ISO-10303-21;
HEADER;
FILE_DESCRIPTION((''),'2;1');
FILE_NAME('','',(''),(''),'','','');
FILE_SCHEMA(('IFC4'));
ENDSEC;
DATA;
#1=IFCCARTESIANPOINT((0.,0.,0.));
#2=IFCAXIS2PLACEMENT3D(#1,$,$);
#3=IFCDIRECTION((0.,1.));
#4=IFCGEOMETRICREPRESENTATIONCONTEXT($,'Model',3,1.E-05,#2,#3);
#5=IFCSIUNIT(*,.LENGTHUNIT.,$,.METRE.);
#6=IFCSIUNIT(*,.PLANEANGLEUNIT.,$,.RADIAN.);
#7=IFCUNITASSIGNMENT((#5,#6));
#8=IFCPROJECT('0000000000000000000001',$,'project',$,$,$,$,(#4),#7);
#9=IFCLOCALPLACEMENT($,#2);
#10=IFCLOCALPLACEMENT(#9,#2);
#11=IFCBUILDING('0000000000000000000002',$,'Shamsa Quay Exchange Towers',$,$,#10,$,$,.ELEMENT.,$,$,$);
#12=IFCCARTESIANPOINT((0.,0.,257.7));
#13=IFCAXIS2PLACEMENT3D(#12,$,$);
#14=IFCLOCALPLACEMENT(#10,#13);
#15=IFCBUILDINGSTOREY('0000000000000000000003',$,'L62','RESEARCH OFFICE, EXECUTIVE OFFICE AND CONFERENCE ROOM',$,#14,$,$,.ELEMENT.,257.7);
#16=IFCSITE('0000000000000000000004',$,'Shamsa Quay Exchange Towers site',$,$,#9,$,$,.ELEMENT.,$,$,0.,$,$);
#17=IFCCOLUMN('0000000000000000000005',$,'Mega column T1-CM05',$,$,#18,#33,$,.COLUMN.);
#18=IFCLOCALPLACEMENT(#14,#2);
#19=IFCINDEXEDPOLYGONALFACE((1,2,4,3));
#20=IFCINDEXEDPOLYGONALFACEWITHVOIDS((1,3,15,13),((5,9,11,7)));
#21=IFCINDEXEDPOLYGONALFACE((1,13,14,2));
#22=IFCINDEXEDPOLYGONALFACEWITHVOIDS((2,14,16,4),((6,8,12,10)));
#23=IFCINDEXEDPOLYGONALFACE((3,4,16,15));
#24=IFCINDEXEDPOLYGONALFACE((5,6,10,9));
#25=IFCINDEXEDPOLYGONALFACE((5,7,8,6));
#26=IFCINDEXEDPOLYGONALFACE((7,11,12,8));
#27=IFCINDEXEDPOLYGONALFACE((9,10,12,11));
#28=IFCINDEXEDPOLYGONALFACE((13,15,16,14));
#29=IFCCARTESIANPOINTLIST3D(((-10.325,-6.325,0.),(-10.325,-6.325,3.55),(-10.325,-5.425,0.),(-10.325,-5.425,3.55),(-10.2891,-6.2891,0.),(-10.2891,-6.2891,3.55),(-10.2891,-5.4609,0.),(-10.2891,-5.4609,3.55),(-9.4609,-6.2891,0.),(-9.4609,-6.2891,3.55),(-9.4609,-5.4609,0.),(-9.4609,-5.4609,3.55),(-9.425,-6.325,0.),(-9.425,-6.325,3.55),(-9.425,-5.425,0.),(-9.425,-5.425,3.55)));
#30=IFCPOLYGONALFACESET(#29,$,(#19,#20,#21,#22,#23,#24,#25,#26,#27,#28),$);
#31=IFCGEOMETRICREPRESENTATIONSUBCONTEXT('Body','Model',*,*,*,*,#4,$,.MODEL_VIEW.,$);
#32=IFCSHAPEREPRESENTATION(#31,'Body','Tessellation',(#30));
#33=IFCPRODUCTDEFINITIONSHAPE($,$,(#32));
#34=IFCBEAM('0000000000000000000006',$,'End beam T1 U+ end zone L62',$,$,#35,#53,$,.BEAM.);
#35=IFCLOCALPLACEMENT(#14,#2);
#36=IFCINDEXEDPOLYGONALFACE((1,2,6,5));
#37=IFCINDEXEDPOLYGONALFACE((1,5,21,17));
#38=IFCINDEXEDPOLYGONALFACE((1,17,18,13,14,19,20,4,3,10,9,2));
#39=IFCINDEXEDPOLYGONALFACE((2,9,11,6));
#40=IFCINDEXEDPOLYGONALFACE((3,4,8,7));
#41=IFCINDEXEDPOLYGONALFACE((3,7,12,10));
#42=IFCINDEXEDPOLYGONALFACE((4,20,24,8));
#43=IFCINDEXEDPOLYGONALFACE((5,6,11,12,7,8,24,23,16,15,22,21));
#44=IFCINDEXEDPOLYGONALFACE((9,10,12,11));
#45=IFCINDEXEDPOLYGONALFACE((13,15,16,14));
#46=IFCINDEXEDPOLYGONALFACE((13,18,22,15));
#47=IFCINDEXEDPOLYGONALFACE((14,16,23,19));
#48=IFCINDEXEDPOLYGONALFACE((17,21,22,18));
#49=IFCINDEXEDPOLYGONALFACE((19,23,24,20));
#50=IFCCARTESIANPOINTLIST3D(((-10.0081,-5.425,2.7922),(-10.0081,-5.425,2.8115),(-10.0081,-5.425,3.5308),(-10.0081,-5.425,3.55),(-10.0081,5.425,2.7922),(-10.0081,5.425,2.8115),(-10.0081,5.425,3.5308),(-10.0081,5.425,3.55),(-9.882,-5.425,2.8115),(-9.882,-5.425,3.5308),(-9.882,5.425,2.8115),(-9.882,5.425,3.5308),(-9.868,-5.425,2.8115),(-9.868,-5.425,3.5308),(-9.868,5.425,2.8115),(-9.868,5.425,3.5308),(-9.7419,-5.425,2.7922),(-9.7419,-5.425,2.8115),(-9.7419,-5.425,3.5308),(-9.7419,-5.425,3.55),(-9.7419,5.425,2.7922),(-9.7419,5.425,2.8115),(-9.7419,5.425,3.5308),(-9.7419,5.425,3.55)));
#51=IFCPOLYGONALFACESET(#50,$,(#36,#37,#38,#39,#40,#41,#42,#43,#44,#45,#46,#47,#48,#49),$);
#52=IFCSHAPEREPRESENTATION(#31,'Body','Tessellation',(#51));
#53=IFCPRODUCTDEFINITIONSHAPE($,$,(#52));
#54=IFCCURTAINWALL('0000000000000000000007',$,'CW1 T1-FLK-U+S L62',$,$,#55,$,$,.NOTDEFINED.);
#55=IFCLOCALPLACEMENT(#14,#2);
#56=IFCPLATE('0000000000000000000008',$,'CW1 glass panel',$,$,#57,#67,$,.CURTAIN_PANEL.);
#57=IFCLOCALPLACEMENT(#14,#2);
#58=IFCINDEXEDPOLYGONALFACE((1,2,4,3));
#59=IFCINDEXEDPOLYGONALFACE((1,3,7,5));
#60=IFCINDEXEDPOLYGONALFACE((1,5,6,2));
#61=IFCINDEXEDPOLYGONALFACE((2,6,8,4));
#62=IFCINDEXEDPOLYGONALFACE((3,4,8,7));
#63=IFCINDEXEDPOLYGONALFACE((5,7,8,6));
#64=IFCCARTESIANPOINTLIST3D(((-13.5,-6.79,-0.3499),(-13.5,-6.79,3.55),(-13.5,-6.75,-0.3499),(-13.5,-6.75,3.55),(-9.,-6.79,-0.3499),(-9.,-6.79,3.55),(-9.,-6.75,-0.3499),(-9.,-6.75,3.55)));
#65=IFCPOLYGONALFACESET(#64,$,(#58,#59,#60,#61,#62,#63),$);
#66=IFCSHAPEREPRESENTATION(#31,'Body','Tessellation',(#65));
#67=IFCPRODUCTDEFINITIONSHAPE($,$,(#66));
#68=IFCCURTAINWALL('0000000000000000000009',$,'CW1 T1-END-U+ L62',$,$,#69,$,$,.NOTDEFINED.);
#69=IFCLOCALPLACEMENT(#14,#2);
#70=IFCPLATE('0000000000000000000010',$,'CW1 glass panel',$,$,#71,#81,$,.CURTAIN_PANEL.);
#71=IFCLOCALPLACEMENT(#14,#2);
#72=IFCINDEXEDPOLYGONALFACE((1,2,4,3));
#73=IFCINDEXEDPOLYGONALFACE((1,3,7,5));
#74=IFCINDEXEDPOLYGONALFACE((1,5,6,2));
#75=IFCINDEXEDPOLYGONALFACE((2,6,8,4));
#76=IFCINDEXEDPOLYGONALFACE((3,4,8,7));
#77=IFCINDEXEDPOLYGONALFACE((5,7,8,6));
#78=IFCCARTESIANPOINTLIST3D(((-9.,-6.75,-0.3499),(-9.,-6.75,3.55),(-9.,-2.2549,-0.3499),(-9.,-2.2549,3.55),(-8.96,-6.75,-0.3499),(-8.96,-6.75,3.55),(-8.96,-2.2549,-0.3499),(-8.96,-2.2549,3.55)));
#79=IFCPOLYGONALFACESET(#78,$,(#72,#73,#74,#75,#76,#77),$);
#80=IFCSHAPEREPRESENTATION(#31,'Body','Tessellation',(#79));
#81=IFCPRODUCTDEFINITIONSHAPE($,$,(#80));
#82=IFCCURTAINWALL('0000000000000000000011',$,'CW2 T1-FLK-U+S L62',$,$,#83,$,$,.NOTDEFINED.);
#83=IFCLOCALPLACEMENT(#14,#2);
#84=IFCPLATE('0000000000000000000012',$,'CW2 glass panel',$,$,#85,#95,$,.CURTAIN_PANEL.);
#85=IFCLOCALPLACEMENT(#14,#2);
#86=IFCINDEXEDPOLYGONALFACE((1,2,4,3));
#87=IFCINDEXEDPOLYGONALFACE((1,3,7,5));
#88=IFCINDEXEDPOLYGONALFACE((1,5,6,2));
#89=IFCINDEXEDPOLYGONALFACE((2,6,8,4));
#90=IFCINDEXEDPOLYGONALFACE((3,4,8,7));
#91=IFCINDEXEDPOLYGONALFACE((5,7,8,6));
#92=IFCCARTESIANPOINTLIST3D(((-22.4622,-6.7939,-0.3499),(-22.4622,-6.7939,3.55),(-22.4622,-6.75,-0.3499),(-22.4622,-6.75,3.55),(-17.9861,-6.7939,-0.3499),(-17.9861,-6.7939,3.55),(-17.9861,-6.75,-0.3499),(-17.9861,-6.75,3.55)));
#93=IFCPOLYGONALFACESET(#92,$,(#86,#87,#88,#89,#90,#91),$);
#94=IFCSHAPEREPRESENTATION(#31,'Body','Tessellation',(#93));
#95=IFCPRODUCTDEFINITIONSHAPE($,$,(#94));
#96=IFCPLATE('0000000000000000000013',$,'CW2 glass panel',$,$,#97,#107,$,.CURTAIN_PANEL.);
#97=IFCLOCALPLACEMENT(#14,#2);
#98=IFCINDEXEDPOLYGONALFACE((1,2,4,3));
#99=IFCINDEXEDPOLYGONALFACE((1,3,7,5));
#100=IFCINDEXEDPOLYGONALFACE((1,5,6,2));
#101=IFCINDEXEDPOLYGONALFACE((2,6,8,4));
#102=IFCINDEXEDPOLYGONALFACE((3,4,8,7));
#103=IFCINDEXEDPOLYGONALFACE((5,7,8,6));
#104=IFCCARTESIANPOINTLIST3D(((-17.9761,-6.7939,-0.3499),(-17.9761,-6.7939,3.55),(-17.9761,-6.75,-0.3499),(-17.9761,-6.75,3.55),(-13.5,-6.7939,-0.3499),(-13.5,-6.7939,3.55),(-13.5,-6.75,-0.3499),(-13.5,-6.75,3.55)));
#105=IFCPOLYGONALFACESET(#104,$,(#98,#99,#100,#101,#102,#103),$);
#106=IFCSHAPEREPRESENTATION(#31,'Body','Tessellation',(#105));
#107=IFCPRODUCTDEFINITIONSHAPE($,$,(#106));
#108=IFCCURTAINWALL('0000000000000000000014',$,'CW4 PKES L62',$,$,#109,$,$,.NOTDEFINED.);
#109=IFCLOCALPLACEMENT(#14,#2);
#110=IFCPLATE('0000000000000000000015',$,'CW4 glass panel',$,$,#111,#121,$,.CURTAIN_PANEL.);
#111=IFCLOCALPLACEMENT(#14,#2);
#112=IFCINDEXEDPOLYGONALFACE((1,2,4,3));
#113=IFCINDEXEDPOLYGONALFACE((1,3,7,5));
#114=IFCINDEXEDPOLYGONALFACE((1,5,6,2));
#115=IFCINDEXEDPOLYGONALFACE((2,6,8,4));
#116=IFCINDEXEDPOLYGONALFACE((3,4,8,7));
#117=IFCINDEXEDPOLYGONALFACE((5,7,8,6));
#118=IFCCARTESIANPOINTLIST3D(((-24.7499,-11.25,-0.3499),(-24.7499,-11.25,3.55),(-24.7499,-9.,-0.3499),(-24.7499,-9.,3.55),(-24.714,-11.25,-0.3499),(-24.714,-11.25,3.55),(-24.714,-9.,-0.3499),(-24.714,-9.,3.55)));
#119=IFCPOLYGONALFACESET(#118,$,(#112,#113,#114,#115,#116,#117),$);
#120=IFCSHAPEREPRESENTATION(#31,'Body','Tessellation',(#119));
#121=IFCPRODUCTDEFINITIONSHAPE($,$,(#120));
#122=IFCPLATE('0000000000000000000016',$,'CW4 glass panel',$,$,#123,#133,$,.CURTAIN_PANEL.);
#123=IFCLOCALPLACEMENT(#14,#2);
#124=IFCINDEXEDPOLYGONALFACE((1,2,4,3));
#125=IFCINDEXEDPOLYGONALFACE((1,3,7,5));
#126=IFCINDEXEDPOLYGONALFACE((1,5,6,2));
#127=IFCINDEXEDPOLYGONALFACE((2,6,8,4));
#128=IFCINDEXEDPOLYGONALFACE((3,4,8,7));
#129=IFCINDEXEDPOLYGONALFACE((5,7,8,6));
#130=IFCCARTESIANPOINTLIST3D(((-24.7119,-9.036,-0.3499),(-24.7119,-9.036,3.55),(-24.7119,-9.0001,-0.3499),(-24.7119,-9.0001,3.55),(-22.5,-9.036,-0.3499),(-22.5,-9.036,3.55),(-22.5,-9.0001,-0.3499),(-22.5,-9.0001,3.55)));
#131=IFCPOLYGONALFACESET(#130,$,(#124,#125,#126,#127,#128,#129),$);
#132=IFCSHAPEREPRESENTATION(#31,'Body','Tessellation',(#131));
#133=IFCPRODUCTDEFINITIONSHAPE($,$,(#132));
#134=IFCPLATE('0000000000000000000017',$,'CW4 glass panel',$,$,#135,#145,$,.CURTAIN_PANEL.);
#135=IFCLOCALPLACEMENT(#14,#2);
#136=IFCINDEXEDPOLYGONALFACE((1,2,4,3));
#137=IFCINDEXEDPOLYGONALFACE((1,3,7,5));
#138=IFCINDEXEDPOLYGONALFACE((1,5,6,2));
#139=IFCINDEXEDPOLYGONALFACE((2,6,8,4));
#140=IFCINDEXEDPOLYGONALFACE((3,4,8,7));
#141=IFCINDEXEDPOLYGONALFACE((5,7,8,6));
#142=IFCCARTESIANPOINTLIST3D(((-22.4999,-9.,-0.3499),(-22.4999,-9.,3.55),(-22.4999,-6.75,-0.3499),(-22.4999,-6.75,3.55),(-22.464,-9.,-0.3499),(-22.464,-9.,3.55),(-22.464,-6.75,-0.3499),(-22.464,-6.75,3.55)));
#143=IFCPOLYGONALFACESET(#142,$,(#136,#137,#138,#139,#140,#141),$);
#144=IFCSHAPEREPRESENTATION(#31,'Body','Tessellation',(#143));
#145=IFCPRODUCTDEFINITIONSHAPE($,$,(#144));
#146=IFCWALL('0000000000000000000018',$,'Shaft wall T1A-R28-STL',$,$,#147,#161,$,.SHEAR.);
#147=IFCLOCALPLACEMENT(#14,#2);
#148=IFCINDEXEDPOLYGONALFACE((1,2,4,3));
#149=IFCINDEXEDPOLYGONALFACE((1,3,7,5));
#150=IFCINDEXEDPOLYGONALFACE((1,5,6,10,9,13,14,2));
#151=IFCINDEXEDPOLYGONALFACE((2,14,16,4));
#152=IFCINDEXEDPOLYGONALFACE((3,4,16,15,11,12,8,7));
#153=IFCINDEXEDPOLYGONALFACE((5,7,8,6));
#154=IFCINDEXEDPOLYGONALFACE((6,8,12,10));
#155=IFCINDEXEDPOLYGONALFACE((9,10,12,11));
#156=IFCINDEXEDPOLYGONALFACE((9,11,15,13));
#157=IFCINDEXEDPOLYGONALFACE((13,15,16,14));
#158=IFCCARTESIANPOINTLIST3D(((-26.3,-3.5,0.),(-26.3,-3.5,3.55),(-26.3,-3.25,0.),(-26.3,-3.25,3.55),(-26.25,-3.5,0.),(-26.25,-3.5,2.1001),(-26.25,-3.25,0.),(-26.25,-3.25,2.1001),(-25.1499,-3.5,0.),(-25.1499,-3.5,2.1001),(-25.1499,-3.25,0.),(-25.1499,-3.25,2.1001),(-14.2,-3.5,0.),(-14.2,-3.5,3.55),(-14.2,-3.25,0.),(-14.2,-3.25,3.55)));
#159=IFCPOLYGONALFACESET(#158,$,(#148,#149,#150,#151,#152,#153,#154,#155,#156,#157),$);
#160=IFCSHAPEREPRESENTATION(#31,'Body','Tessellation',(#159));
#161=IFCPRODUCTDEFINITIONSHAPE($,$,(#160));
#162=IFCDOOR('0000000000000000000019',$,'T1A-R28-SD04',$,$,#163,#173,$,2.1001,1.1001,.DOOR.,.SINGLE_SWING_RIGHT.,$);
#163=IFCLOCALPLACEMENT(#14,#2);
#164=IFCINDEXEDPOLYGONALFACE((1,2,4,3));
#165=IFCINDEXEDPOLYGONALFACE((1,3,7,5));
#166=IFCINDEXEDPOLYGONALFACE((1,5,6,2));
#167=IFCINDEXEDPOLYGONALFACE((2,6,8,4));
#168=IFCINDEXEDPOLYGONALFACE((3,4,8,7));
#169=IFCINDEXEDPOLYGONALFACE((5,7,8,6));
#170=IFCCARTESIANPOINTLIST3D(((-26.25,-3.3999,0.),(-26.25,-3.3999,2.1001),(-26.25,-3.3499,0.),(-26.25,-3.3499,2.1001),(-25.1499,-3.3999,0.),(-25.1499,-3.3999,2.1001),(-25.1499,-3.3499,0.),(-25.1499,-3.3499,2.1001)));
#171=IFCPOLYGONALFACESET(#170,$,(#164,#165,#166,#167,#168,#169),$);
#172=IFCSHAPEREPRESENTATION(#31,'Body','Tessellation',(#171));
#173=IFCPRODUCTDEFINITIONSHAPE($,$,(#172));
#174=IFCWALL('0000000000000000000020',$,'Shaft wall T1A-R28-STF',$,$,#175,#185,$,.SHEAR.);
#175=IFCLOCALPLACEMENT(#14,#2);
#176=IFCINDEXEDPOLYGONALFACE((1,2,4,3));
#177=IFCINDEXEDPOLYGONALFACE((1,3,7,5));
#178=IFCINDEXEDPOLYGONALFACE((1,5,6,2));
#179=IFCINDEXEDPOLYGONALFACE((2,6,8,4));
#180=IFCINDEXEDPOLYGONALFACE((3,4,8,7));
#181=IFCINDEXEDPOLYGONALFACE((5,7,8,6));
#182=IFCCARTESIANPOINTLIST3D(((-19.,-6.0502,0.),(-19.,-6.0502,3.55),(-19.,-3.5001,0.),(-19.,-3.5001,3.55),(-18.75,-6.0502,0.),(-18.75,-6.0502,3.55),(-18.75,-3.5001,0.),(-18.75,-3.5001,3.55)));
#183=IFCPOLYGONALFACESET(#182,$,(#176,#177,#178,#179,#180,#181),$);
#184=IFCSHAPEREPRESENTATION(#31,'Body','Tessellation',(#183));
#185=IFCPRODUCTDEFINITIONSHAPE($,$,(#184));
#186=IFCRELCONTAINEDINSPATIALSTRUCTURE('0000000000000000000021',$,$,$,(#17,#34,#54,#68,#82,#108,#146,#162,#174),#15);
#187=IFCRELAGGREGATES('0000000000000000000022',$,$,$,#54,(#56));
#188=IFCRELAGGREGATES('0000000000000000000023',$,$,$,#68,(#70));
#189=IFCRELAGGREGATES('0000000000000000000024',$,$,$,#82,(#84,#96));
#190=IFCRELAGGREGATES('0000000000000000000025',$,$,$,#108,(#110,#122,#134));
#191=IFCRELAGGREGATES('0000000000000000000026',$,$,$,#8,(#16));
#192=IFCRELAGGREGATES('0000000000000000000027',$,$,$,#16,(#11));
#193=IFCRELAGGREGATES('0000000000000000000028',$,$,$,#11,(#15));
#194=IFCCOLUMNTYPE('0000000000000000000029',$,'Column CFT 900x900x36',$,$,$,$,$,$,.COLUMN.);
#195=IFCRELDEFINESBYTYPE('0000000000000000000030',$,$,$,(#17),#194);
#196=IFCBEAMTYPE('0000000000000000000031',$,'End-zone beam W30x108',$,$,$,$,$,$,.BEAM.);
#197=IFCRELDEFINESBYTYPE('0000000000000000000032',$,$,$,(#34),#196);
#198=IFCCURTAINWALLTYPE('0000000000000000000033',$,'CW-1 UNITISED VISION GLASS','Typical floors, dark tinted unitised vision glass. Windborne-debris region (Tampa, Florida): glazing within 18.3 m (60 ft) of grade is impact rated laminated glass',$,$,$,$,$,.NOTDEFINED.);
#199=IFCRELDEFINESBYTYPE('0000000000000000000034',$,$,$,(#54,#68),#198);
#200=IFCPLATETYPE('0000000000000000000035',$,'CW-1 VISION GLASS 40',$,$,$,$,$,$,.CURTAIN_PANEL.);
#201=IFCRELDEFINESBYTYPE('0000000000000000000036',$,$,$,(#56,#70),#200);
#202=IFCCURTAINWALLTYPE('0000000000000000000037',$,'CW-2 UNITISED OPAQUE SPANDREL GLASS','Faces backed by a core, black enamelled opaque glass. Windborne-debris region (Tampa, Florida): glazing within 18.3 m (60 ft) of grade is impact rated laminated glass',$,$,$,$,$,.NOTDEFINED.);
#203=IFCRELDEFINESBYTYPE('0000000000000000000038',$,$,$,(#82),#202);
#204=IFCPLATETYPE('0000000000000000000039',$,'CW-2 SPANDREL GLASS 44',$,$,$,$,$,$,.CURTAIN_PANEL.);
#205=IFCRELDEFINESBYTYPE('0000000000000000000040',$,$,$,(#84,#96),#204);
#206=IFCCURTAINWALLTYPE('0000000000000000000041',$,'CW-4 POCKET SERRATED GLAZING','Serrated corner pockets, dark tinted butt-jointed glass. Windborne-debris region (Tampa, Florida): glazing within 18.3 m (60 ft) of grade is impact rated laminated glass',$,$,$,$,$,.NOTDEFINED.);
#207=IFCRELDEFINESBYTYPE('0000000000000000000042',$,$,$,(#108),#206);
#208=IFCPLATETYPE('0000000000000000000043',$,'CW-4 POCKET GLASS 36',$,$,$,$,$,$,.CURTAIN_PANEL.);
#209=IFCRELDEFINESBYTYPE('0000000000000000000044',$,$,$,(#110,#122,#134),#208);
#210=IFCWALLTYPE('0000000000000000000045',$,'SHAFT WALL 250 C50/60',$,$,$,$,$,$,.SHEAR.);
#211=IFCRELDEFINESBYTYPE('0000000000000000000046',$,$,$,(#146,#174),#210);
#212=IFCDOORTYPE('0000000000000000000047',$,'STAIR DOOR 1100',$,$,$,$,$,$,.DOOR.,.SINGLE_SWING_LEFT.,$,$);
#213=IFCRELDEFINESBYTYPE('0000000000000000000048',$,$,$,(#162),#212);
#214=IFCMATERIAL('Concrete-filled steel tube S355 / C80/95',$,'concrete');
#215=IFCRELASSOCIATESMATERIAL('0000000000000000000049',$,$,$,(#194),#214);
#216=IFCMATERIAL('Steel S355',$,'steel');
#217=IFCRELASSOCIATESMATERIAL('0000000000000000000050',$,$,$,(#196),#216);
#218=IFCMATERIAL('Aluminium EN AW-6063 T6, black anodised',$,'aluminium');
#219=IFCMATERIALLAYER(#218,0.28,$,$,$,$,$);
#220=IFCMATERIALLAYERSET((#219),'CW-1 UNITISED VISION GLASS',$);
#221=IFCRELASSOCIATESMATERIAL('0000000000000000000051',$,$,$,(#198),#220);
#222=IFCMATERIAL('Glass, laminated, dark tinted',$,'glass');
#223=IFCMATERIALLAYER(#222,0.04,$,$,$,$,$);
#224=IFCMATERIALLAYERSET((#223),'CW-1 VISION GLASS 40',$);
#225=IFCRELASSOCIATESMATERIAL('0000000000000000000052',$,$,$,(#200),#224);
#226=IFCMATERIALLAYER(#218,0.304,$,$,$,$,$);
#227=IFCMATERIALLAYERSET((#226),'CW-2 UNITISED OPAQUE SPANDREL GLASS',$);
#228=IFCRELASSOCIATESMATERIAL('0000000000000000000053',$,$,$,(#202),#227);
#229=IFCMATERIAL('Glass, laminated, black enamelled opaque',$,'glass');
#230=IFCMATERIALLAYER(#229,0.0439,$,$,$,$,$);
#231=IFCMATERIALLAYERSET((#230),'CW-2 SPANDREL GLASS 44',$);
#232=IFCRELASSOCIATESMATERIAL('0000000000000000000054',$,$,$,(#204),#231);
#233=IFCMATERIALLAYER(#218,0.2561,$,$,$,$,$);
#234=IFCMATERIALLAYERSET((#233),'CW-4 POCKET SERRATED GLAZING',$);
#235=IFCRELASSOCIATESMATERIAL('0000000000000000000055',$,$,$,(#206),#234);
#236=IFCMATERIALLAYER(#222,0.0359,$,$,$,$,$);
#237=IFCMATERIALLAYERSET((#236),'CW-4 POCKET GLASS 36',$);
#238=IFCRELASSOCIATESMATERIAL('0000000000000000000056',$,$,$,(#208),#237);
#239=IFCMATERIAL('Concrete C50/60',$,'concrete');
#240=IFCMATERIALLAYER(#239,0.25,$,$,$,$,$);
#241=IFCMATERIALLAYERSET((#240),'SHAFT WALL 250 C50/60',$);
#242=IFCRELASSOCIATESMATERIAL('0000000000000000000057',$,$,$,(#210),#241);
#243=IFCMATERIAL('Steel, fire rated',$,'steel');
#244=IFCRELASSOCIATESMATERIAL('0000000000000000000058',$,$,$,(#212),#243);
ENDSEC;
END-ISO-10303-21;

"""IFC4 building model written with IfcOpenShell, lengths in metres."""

from ifc_helpers import new_model, si_unit, direction, frame, frame_2d, origin, origin_2d, place, context, subcontext, project, spatial, rectangle, hollow_rectangle, i_section, extrude, material, layer, layer_set, material_profile, profile_set, type_object, element, fill, aggregate, save


model = new_model("IFC4")

# Units and contexts
model_context = context("Model", 3, precision=1e-05, world=origin(), true_north=direction((0.0, 1.0)))
body_context = subcontext(model_context, "Body", "Model", "MODEL_VIEW")
ifc_project = project(units=[si_unit("LENGTHUNIT", "METRE"), si_unit("PLANEANGLEUNIT", "RADIAN")], contexts=[model_context])

# Site, building, storey
site_placement = place(None, origin())
site = spatial("IfcSite", under=ifc_project, at=site_placement, Name="Shamsa Quay Exchange Towers site", CompositionType="ELEMENT", RefElevation=0.0)
building_placement = place(site_placement, origin())
building = spatial("IfcBuilding", under=site, at=building_placement, Name="Shamsa Quay Exchange Towers", CompositionType="ELEMENT")
storey_placement = place(building_placement, frame((0.0, 0.0, 257.7)))
storey = spatial("IfcBuildingStorey", under=building, at=storey_placement, Name="L62", Description="RESEARCH OFFICE, EXECUTIVE OFFICE AND CONFERENCE ROOM", CompositionType="ELEMENT", Elevation=257.7)

# Column
ifc_material_1 = material(Name="Concrete-filled steel tube S355 / C80/95", Category="concrete")
ifc_material_profile_1 = material_profile(ifc_material_1, hollow_rectangle(XDim=0.8999, YDim=0.8999, WallThickness=0.0359, at=origin_2d()), Name="CFT 900x900x36")
ifc_profile_set_1 = profile_set([ifc_material_profile_1], Name="Concrete-filled steel tube S355 / C80/95")
column_type = type_object("IfcColumnType", Name="Column CFT 900x900x36", PredefinedType="COLUMN", material=ifc_profile_set_1)
column_placement = place(storey_placement, frame((-9.875, -5.875, 0.0)))
element("IfcColumn", 1, at=column_placement, inside=storey, type_object=column_type, Name="Mega column T1-CM05", PredefinedType="COLUMN", context=body_context, shape_type="SweptSolid", body=[
    extrude(hollow_rectangle(XDim=0.8999, YDim=0.8999, WallThickness=0.0359, at=origin_2d()), origin(), (0.0, 0.0, 1.0), 3.55),
])

# Beam
ifc_material_2 = material(Name="Steel S355", Category="steel")
ifc_material_profile_2 = material_profile(ifc_material_2, i_section(OverallWidth=0.2661, OverallDepth=0.7578, WebThickness=0.0139, FlangeThickness=0.0193, at=origin_2d()), Name="W30x108")
ifc_profile_set_2 = profile_set([ifc_material_profile_2], Name="Steel S355")
beam_type = type_object("IfcBeamType", Name="End-zone beam W30x108", PredefinedType="BEAM", material=ifc_profile_set_2)
beam_placement = place(storey_placement, frame((-9.875, -5.425, 3.1711), z_axis=(0.0, 1.0, 0.0), x_axis=(-1.0, 0.0, 0.0)))
element("IfcBeam", 2, at=beam_placement, inside=storey, type_object=beam_type, Name="End beam T1 U+ end zone L62", PredefinedType="BEAM", context=body_context, shape_type="SweptSolid", body=[
    extrude(i_section(OverallWidth=0.2661, OverallDepth=0.7578, WebThickness=0.0139, FlangeThickness=0.0193, at=origin_2d()), origin(), (0.0, 0.0, 1.0), 10.8501),
])

# Curtain walls, plates
ifc_material_3 = material(Name="Aluminium EN AW-6063 T6, black anodised", Category="aluminium")
ifc_layer_1 = layer(ifc_material_3, 0.28)
ifc_layer_set_1 = layer_set([ifc_layer_1], Name="CW-1 UNITISED VISION GLASS")
curtain_wall_type_1 = type_object("IfcCurtainWallType", Name="CW-1 UNITISED VISION GLASS", Description="Typical floors, dark tinted unitised vision glass. Windborne-debris region (Tampa, Florida): glazing within 18.3 m (60 ft) of grade is impact rated laminated glass", PredefinedType="NOTDEFINED", material=ifc_layer_set_1)
curtain_wall_1_placement = place(storey_placement, origin())
curtain_wall_1 = element("IfcCurtainWall", 3, at=curtain_wall_1_placement, inside=storey, type_object=curtain_wall_type_1, Name="CW1 T1-FLK-U+S L62", PredefinedType="NOTDEFINED")
ifc_material_4 = material(Name="Glass, laminated, dark tinted", Category="glass")
ifc_layer_2 = layer(ifc_material_4, 0.04)
ifc_layer_set_2 = layer_set([ifc_layer_2], Name="CW-1 VISION GLASS 40")
plate_type_1 = type_object("IfcPlateType", Name="CW-1 VISION GLASS 40", PredefinedType="CURTAIN_PANEL", material=ifc_layer_set_2)
plate_1_placement = place(storey_placement, frame((-11.25, -6.77, -0.3499)))
plate_1 = element("IfcPlate", 4, at=plate_1_placement, type_object=plate_type_1, Name="CW1 glass panel", PredefinedType="CURTAIN_PANEL", context=body_context, shape_type="SweptSolid", body=[
    extrude(rectangle(XDim=4.5, YDim=0.04, at=origin_2d()), origin(), (0.0, 0.0, 1.0), 3.8999),
])
aggregate(curtain_wall_1, [plate_1])
curtain_wall_2_placement = place(storey_placement, origin())
curtain_wall_2 = element("IfcCurtainWall", 5, at=curtain_wall_2_placement, inside=storey, type_object=curtain_wall_type_1, Name="CW1 T1-END-U+ L62", PredefinedType="NOTDEFINED")
plate_2_placement = place(storey_placement, frame((-8.98, -4.5024, -0.3499), z_axis=(0.0, 0.0, 1.0), x_axis=(0.0, 1.0, 0.0)))
plate_2 = element("IfcPlate", 6, at=plate_2_placement, type_object=plate_type_1, Name="CW1 glass panel", PredefinedType="CURTAIN_PANEL", context=body_context, shape_type="SweptSolid", body=[
    extrude(rectangle(XDim=4.4951, YDim=0.04, at=origin_2d()), origin(), (0.0, 0.0, 1.0), 3.8999),
])
aggregate(curtain_wall_2, [plate_2])

# Curtain walls, plates
ifc_layer_3 = layer(ifc_material_3, 0.304)
ifc_layer_set_3 = layer_set([ifc_layer_3], Name="CW-2 UNITISED OPAQUE SPANDREL GLASS")
curtain_wall_type_2 = type_object("IfcCurtainWallType", Name="CW-2 UNITISED OPAQUE SPANDREL GLASS", Description="Faces backed by a core, black enamelled opaque glass. Windborne-debris region (Tampa, Florida): glazing within 18.3 m (60 ft) of grade is impact rated laminated glass", PredefinedType="NOTDEFINED", material=ifc_layer_set_3)
curtain_wall_3_placement = place(storey_placement, origin())
curtain_wall_3 = element("IfcCurtainWall", 7, at=curtain_wall_3_placement, inside=storey, type_object=curtain_wall_type_2, Name="CW2 T1-FLK-U+S L62", PredefinedType="NOTDEFINED")
ifc_material_5 = material(Name="Glass, laminated, black enamelled opaque", Category="glass")
ifc_layer_4 = layer(ifc_material_5, 0.0439)
ifc_layer_set_4 = layer_set([ifc_layer_4], Name="CW-2 SPANDREL GLASS 44")
plate_type_2 = type_object("IfcPlateType", Name="CW-2 SPANDREL GLASS 44", PredefinedType="CURTAIN_PANEL", material=ifc_layer_set_4)
plate_3_placement = place(storey_placement, frame((-20.2241, -6.772, -0.3499)))
plate_3 = element("IfcPlate", 8, at=plate_3_placement, type_object=plate_type_2, Name="CW2 glass panel", PredefinedType="CURTAIN_PANEL", context=body_context, shape_type="SweptSolid", body=[
    extrude(rectangle(XDim=4.4761, YDim=0.0439, at=origin_2d()), origin(), (0.0, 0.0, 1.0), 3.8999),
])
plate_4_placement = place(storey_placement, frame((-15.738, -6.772, -0.3499)))
plate_4 = element("IfcPlate", 9, at=plate_4_placement, type_object=plate_type_2, Name="CW2 glass panel", PredefinedType="CURTAIN_PANEL", context=body_context, shape_type="SweptSolid", body=[
    extrude(rectangle(XDim=4.4761, YDim=0.0439, at=origin_2d()), origin(), (0.0, 0.0, 1.0), 3.8999),
])
aggregate(curtain_wall_3, [plate_3, plate_4])
ifc_layer_5 = layer(ifc_material_3, 0.2561)
ifc_layer_set_5 = layer_set([ifc_layer_5], Name="CW-4 POCKET SERRATED GLAZING")
curtain_wall_type_3 = type_object("IfcCurtainWallType", Name="CW-4 POCKET SERRATED GLAZING", Description="Serrated corner pockets, dark tinted butt-jointed glass. Windborne-debris region (Tampa, Florida): glazing within 18.3 m (60 ft) of grade is impact rated laminated glass", PredefinedType="NOTDEFINED", material=ifc_layer_set_5)
curtain_wall_4_placement = place(storey_placement, origin())
curtain_wall_4 = element("IfcCurtainWall", 10, at=curtain_wall_4_placement, inside=storey, type_object=curtain_wall_type_3, Name="CW4 PKES L62", PredefinedType="NOTDEFINED")
ifc_layer_6 = layer(ifc_material_4, 0.0359)
ifc_layer_set_6 = layer_set([ifc_layer_6], Name="CW-4 POCKET GLASS 36")
plate_type_3 = type_object("IfcPlateType", Name="CW-4 POCKET GLASS 36", PredefinedType="CURTAIN_PANEL", material=ifc_layer_set_6)
plate_5_placement = place(storey_placement, frame((-24.7319, -10.125, -0.3499), z_axis=(0.0, 0.0, 1.0), x_axis=(0.0, 1.0, 0.0)))
plate_5 = element("IfcPlate", 11, at=plate_5_placement, type_object=plate_type_3, Name="CW4 glass panel", PredefinedType="CURTAIN_PANEL", context=body_context, shape_type="SweptSolid", body=[
    extrude(rectangle(XDim=2.25, YDim=0.0359, at=origin_2d()), origin(), (0.0, 0.0, 1.0), 3.8999),
])
plate_6_placement = place(storey_placement, frame((-23.606, -9.0181, -0.3499)))
plate_6 = element("IfcPlate", 12, at=plate_6_placement, type_object=plate_type_3, Name="CW4 glass panel", PredefinedType="CURTAIN_PANEL", context=body_context, shape_type="SweptSolid", body=[
    extrude(rectangle(XDim=2.2119, YDim=0.0359, at=origin_2d()), origin(), (0.0, 0.0, 1.0), 3.8999),
])
plate_7_placement = place(storey_placement, frame((-22.4819, -7.875, -0.3499), z_axis=(0.0, 0.0, 1.0), x_axis=(0.0, 1.0, 0.0)))
plate_7 = element("IfcPlate", 13, at=plate_7_placement, type_object=plate_type_3, Name="CW4 glass panel", PredefinedType="CURTAIN_PANEL", context=body_context, shape_type="SweptSolid", body=[
    extrude(rectangle(XDim=2.25, YDim=0.0359, at=origin_2d()), origin(), (0.0, 0.0, 1.0), 3.8999),
])
aggregate(curtain_wall_4, [plate_5, plate_6, plate_7])

# Wall, opening, door
ifc_material_6 = material(Name="Concrete C50/60", Category="concrete")
ifc_layer_7 = layer(ifc_material_6, 0.25)
ifc_layer_set_7 = layer_set([ifc_layer_7], Name="SHAFT WALL 250 C50/60")
wall_type = type_object("IfcWallType", Name="SHAFT WALL 250 C50/60", PredefinedType="SHEAR", material=ifc_layer_set_7)
wall_1_placement = place(storey_placement, frame((-14.2, -3.375, 0.0), z_axis=(0.0, 0.0, 1.0), x_axis=(-1.0, 0.0, 0.0)))
wall_1 = element("IfcWall", 14, at=wall_1_placement, inside=storey, type_object=wall_type, Name="Shaft wall T1A-R28-STL", PredefinedType="SHEAR", context=body_context, shape_type="SweptSolid", body=[
    extrude(rectangle(XDim=12.1001, YDim=0.25, at=frame_2d((6.05, 0.0))), origin(), (0.0, 0.0, 1.0), 3.55),
])
opening_1_placement = place(wall_1_placement, frame((10.95, 0.0, 0.0)))
opening_1 = element("IfcOpeningElement", 15, at=opening_1_placement, cuts=wall_1, PredefinedType="OPENING", context=body_context, shape_type="SweptSolid", body=[
    extrude(rectangle(XDim=1.1001, YDim=2.1001, at=frame_2d((0.55, 1.05))), frame((0.0, 0.135, 0.0), z_axis=(0.0, -1.0, 0.0), x_axis=(1.0, 0.0, 0.0)), (0.0, 0.0, 1.0), 0.27),
])
ifc_material_7 = material(Name="Steel, fire rated", Category="steel")
door_type_1 = type_object("IfcDoorType", Name="STAIR DOOR 1100", OperationType="SINGLE_SWING_LEFT", PredefinedType="DOOR", material=ifc_material_7)
door_1_placement = place(opening_1_placement, origin())
door_1 = element("IfcDoor", 16, at=door_1_placement, inside=storey, type_object=door_type_1, Name="T1A-R28-SD04", OperationType="SINGLE_SWING_RIGHT", OverallHeight=2.1001, OverallWidth=1.1001, PredefinedType="DOOR", context=body_context, shape_type="SweptSolid", body=[
    extrude(rectangle(XDim=1.1001, YDim=2.1001, at=frame_2d((0.55, 1.05))), frame((0.0, 0.0249, 0.0), z_axis=(0.0, -1.0, 0.0), x_axis=(1.0, 0.0, 0.0)), (0.0, 0.0, 1.0), 0.05),
])
fill(opening_1, door_1)

# Wall
wall_2_placement = place(storey_placement, frame((-18.875, -6.05, 0.0), z_axis=(0.0, 0.0, 1.0), x_axis=(0.0, 1.0, 0.0)))
element("IfcWall", 17, at=wall_2_placement, inside=storey, type_object=wall_type, Name="Shaft wall T1A-R28-STF", PredefinedType="SHEAR", context=body_context, shape_type="SweptSolid", body=[
    extrude(rectangle(XDim=2.55, YDim=0.25, at=frame_2d((1.2749, 0.0))), origin(), (0.0, 0.0, 1.0), 3.55),
])

save(model, "model.ifc")
